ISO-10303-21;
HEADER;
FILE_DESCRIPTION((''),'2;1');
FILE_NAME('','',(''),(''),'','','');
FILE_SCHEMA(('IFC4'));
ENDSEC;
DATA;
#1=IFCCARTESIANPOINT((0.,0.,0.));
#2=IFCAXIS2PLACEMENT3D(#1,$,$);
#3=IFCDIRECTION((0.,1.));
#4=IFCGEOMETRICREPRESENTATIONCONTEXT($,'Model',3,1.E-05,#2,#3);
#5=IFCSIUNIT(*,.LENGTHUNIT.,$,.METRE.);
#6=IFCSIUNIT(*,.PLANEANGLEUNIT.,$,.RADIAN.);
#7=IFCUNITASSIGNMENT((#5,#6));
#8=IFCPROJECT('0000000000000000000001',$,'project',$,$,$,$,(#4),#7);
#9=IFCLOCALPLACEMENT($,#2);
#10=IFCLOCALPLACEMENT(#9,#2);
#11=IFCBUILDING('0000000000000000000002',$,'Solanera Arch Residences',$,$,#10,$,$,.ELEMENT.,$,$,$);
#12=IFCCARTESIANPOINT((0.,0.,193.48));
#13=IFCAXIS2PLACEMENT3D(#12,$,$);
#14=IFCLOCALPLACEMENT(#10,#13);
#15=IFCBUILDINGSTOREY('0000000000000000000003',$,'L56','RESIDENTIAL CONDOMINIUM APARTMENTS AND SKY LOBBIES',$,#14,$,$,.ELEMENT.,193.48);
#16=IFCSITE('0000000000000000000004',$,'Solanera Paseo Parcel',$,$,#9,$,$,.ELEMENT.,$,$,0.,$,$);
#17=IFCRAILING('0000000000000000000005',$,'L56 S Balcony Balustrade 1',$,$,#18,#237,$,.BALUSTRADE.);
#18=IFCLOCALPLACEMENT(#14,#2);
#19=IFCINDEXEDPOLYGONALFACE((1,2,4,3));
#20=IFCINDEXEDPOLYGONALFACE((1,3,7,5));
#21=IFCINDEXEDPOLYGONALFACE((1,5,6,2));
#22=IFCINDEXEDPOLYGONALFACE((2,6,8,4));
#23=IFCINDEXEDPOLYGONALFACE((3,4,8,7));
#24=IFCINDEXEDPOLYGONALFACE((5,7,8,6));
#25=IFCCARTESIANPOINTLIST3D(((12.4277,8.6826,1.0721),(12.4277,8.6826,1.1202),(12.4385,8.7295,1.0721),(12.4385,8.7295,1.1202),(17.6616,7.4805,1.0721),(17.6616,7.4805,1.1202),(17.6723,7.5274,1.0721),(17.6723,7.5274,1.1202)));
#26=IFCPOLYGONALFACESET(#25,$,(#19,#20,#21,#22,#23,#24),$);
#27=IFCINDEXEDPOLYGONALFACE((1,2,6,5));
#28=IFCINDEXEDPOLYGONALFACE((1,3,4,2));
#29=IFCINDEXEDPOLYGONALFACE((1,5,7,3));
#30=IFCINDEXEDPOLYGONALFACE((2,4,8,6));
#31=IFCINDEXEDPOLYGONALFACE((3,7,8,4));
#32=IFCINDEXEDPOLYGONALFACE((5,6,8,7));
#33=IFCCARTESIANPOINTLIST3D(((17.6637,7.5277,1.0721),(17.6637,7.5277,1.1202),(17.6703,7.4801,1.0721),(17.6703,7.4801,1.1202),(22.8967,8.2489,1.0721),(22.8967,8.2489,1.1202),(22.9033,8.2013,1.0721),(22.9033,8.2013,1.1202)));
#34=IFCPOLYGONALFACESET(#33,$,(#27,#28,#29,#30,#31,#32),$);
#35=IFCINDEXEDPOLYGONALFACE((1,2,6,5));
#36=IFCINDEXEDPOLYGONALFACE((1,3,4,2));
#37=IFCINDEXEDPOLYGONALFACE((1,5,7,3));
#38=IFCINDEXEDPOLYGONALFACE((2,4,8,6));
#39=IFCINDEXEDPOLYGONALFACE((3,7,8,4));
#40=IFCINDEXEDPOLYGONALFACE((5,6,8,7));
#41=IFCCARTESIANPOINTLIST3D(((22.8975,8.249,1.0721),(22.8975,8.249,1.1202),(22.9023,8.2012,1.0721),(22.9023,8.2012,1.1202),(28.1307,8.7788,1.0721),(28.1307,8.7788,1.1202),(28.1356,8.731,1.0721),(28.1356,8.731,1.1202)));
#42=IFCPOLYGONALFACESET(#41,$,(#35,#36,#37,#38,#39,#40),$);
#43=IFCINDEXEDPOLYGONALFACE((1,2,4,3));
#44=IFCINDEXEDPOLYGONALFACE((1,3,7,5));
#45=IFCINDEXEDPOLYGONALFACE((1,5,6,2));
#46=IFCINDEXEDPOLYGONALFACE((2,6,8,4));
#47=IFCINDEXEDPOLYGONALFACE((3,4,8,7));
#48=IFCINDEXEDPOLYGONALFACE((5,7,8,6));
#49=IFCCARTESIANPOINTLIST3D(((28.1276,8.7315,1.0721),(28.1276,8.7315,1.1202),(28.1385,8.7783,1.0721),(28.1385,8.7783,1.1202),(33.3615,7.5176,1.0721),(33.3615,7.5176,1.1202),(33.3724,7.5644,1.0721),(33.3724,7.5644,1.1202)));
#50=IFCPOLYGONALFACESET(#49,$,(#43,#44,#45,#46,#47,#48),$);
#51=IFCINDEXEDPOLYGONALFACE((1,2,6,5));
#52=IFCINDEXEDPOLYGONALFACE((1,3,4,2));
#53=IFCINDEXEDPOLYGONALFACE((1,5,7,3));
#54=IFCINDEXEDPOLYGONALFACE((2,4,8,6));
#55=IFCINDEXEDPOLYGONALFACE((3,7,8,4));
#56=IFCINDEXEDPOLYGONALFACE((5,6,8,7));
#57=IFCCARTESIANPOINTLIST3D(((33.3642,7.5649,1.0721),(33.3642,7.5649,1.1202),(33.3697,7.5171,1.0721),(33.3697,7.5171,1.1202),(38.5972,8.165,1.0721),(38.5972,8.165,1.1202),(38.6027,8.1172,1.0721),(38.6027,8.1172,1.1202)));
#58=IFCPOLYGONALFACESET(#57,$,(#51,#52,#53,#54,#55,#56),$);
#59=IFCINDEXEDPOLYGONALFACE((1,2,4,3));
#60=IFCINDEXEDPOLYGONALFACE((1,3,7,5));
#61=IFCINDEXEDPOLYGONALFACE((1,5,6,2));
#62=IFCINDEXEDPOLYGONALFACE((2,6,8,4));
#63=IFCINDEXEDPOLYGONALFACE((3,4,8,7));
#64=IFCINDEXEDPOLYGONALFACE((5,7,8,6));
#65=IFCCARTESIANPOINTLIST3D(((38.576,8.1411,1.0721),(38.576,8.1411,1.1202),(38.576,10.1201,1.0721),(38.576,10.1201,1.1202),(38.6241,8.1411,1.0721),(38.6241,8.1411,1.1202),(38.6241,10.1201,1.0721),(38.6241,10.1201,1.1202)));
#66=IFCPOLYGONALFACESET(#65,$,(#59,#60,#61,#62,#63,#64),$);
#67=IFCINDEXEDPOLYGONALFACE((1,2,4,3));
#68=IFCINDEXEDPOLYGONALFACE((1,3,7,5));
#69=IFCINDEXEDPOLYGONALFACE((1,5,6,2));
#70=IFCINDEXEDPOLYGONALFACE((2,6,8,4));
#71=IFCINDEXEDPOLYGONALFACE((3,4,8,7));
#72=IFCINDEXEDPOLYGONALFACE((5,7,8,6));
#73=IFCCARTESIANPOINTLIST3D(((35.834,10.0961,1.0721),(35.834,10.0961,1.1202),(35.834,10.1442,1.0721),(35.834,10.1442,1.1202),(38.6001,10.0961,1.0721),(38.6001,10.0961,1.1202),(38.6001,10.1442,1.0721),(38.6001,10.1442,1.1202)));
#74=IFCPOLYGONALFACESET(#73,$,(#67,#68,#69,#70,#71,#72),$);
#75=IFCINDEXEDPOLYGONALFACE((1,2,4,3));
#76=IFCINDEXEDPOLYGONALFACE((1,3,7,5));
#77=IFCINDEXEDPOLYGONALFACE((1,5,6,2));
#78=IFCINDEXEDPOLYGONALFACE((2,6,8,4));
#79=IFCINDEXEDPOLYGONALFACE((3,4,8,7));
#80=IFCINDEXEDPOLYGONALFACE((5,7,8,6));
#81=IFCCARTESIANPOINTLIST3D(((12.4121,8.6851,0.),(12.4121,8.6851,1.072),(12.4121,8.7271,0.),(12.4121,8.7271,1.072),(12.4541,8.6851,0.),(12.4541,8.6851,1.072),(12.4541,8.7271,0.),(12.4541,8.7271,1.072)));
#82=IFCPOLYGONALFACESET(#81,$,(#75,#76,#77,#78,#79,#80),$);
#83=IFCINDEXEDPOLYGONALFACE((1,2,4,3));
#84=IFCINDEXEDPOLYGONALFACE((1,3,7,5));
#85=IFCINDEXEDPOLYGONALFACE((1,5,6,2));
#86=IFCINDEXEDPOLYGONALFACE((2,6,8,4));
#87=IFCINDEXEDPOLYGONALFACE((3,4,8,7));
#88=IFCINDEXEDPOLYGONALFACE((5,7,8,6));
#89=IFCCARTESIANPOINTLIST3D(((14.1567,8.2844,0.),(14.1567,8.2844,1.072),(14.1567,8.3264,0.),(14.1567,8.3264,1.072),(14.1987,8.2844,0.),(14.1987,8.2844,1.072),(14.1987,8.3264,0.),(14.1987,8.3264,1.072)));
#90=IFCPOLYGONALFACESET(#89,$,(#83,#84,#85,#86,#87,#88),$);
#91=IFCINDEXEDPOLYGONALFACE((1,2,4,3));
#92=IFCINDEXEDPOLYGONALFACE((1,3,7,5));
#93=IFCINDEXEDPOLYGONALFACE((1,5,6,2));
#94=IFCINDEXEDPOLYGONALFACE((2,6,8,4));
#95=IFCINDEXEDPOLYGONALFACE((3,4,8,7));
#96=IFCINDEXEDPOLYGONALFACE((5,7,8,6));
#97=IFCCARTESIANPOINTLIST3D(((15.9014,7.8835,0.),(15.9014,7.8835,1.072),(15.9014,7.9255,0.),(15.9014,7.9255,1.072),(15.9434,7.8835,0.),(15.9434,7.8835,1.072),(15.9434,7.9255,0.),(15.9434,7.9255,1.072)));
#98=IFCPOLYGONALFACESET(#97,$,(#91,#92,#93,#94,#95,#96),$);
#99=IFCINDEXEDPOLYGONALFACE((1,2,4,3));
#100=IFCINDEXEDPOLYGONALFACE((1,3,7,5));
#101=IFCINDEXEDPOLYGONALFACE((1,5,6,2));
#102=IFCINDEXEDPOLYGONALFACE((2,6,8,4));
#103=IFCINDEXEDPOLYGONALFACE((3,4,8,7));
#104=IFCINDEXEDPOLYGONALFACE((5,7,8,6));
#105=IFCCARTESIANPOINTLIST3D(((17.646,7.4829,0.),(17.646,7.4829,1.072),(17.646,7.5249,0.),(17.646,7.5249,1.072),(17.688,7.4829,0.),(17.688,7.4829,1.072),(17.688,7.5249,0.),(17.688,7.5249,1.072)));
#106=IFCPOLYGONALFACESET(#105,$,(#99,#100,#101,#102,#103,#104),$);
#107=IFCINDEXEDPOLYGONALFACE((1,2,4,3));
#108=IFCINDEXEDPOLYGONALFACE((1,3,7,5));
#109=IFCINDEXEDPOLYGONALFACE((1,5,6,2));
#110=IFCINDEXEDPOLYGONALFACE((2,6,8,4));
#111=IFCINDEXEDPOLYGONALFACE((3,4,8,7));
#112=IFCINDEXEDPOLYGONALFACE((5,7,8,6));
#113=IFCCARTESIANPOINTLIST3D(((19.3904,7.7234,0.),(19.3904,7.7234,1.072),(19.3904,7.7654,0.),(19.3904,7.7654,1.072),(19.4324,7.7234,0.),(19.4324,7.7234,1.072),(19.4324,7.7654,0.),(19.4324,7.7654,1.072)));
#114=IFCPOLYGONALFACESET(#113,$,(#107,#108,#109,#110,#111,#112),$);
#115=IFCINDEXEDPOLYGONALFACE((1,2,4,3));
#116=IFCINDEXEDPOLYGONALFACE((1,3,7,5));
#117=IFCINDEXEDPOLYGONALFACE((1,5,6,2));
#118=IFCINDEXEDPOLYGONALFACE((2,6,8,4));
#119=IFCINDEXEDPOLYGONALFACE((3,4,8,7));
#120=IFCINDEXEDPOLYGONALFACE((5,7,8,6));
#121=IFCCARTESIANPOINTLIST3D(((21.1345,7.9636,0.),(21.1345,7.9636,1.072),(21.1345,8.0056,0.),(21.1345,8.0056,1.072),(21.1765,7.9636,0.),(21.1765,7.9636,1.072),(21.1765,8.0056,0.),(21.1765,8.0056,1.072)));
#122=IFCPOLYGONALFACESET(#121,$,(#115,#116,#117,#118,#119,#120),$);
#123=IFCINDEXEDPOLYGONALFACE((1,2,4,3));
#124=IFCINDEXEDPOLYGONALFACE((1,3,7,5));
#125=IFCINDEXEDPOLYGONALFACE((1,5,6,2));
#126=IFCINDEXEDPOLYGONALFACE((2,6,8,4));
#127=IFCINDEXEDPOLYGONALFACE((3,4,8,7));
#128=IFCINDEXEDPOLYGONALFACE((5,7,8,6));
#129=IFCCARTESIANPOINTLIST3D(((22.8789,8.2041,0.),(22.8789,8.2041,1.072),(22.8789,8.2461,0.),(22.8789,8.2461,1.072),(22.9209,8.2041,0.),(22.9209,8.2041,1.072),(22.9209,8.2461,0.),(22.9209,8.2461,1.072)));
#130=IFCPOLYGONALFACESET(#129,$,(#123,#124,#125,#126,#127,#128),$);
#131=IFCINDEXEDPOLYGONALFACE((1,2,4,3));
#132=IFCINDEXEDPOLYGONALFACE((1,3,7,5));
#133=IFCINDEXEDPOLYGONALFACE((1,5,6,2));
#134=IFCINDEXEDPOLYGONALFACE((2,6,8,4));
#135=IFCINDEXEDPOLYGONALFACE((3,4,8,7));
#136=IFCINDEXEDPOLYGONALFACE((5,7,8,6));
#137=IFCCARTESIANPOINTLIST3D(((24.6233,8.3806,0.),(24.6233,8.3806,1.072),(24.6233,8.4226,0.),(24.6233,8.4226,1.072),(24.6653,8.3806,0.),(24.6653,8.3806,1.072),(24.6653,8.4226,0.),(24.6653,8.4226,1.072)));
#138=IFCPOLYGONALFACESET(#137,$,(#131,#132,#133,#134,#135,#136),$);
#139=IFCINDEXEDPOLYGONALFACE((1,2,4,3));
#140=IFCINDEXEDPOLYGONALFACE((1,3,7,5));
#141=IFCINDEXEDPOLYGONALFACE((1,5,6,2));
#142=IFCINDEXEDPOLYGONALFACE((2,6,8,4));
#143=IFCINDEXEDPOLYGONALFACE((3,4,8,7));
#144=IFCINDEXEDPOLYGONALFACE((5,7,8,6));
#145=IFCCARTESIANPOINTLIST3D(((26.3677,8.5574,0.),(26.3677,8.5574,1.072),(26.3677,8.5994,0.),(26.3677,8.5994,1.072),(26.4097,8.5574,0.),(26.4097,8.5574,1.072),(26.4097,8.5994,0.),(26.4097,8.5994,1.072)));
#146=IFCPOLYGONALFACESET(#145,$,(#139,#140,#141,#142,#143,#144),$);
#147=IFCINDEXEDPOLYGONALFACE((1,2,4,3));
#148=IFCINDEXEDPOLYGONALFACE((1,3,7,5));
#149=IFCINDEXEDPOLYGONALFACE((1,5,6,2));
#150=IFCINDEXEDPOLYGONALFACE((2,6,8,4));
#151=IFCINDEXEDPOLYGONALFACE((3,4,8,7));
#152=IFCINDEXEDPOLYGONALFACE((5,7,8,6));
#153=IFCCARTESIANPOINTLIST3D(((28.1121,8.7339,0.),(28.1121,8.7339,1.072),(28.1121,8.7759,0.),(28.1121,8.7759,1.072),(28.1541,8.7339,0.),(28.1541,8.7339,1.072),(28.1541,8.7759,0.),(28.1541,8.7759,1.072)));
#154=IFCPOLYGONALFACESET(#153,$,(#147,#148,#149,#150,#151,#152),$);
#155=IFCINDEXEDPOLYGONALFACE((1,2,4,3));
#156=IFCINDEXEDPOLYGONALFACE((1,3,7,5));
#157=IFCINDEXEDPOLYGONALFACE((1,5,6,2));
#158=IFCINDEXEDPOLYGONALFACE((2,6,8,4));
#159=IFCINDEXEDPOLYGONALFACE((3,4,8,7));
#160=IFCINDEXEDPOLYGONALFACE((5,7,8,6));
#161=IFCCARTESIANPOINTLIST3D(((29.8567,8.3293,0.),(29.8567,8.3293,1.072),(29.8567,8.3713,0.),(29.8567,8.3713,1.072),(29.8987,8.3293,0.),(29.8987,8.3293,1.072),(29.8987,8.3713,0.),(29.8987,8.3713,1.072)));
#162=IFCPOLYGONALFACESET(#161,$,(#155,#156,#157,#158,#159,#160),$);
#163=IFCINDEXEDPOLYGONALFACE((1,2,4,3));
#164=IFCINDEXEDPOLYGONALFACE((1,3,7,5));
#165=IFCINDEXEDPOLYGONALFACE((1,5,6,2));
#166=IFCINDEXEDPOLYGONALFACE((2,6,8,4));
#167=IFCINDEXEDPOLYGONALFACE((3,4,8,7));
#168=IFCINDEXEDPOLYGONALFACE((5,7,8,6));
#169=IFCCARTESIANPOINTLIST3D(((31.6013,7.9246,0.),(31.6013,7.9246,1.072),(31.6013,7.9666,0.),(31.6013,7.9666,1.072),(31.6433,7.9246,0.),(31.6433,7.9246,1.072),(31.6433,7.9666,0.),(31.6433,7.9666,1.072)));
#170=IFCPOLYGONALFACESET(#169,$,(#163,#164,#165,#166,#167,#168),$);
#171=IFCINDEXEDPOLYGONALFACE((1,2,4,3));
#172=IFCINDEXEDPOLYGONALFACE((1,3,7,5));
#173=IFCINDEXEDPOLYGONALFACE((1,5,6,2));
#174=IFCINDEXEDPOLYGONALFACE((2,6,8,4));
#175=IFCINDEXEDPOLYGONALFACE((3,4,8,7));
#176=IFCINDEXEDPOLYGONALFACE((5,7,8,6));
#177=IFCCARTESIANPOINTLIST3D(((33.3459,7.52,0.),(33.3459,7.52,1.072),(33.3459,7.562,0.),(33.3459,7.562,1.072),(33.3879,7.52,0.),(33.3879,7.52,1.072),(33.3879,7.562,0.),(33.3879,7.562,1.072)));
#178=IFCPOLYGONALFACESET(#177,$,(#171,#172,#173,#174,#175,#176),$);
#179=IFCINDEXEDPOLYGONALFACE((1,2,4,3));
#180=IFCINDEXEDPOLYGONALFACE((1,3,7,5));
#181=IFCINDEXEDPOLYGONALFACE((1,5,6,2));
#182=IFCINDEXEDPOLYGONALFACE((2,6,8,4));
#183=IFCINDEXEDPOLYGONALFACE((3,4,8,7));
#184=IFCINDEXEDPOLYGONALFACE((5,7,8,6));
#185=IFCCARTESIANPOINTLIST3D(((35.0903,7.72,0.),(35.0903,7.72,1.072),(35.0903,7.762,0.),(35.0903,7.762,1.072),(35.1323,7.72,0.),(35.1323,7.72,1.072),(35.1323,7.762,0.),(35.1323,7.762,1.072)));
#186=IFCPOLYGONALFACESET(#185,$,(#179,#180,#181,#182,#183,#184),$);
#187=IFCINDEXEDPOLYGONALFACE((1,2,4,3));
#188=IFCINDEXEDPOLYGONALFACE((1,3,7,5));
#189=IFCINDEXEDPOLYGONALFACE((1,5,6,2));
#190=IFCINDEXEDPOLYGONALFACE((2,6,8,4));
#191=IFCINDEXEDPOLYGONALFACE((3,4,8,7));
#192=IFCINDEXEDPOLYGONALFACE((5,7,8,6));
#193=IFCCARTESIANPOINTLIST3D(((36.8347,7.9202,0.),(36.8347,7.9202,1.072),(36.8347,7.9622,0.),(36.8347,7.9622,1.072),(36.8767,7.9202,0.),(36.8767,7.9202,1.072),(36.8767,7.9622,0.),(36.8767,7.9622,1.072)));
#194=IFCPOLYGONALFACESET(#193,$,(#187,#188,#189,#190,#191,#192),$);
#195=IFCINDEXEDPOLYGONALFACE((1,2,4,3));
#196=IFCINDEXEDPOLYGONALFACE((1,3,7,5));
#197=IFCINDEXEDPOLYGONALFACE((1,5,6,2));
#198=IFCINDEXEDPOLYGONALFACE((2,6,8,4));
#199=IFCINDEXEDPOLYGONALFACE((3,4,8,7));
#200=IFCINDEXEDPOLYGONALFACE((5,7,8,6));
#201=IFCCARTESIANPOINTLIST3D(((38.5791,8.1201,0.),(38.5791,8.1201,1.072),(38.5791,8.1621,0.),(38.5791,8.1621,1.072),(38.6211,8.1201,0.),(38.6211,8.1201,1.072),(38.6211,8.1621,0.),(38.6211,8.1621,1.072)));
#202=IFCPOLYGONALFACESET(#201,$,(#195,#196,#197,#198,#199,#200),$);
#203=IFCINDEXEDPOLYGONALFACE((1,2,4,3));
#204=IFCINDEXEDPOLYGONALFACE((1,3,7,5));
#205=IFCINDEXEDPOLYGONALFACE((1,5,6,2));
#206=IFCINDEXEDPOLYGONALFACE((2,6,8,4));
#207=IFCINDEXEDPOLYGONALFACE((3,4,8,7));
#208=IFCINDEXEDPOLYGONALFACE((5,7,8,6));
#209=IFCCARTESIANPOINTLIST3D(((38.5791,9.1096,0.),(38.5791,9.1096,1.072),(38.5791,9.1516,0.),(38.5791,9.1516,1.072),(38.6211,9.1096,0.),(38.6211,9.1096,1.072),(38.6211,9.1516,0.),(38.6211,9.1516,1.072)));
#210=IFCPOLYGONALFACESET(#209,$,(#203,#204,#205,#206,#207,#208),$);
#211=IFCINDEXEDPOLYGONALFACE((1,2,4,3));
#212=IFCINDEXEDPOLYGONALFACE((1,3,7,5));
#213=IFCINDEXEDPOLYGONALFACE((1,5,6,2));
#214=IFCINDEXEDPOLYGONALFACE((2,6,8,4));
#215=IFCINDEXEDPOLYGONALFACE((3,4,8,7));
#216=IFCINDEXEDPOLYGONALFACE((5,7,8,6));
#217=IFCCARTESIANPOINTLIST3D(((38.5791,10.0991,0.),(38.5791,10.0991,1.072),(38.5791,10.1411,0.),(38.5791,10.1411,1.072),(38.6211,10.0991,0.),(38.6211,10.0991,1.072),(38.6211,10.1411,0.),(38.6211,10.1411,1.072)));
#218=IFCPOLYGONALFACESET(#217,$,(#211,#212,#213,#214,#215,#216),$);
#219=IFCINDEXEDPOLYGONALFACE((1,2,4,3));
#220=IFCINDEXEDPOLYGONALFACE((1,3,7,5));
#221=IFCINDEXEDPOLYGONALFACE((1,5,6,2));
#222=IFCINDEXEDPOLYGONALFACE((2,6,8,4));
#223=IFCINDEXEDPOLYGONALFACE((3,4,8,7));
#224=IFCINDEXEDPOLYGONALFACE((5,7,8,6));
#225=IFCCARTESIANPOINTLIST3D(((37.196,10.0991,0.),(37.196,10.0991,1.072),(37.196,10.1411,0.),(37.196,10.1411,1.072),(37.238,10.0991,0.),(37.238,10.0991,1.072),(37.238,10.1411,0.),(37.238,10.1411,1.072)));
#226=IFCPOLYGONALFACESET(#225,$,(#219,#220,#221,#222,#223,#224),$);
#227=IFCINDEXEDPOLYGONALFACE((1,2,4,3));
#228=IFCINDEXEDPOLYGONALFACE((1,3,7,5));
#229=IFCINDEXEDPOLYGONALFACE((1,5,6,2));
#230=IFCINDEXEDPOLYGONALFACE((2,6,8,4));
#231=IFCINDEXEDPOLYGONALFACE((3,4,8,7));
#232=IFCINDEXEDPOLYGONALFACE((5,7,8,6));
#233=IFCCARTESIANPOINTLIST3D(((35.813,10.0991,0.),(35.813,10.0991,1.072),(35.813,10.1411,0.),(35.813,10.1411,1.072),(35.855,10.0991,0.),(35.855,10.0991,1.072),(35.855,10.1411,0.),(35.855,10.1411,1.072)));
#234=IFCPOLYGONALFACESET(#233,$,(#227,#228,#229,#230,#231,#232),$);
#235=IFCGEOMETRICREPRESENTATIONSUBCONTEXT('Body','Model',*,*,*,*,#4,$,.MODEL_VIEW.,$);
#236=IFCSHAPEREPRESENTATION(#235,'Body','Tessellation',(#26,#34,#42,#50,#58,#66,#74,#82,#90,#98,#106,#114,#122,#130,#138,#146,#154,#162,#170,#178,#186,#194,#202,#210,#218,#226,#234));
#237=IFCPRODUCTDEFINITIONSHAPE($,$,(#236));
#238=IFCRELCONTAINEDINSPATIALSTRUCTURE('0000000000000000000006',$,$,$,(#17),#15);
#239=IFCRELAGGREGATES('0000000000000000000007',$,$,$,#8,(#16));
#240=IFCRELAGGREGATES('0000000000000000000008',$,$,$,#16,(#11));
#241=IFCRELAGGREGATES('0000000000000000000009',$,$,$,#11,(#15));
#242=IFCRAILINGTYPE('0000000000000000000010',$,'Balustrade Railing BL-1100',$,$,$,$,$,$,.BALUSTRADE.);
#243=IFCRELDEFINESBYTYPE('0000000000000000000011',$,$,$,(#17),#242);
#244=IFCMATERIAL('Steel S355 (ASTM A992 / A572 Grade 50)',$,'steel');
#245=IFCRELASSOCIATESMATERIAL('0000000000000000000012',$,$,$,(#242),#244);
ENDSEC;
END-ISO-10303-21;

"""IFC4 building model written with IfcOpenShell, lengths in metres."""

from ifc_helpers import new_model, si_unit, direction, frame, origin, origin_2d, place, context, subcontext, project, spatial, rectangle, extrude, material, type_object, element, save


model = new_model("IFC4")

# Units and contexts
model_context = context("Model", 3, precision=1e-05, world=origin(), true_north=direction((0.0, 1.0)))
body_context = subcontext(model_context, "Body", "Model", "MODEL_VIEW")
ifc_project = project(units=[si_unit("LENGTHUNIT", "METRE"), si_unit("PLANEANGLEUNIT", "RADIAN")], contexts=[model_context])

# Site, building, storey
site_placement = place(None, origin())
site = spatial("IfcSite", under=ifc_project, at=site_placement, Name="Solanera Paseo Parcel", CompositionType="ELEMENT", RefElevation=0.0)
building_placement = place(site_placement, origin())
building = spatial("IfcBuilding", under=site, at=building_placement, Name="Solanera Arch Residences", CompositionType="ELEMENT")
storey_placement = place(building_placement, frame((0.0, 0.0, 193.48)))
storey = spatial("IfcBuildingStorey", under=building, at=storey_placement, Name="L56", Description="RESIDENTIAL CONDOMINIUM APARTMENTS AND SKY LOBBIES", CompositionType="ELEMENT", Elevation=193.48)

# Railing
ifc_material_1 = material(Name="Steel S355 (ASTM A992 / A572 Grade 50)", Category="steel")
railing_type = type_object("IfcRailingType", Name="Balustrade Railing BL-1100", PredefinedType="BALUSTRADE", material=ifc_material_1)
railing_placement = place(storey_placement, frame((12.4331, 8.7061, 0.0)))
element("IfcRailing", 1, at=railing_placement, inside=storey, type_object=railing_type, Name="L56 S Balcony Balustrade 1", PredefinedType="BALUSTRADE", context=body_context, shape_type="SweptSolid", body=[
    extrude(rectangle(XDim=0.0481, YDim=0.0481, at=origin_2d()), frame((0.0, 0.0, 1.0962), z_axis=(0.974622, -0.223857, 0.0), x_axis=(0.223857, 0.974622, 0.0)), (0.0, 0.0, 1.0), 5.3701),
    extrude(rectangle(XDim=0.0481, YDim=0.0481, at=origin_2d()), frame((5.2339, -1.2021, 1.0962), z_axis=(0.990636, 0.136528, 0.0), x_axis=(-0.136528, 0.990636, 0.0)), (0.0, 0.0, 1.0), 5.2825),
    extrude(rectangle(XDim=0.0481, YDim=0.0481, at=origin_2d()), frame((10.4668, -0.481, 1.0962), z_axis=(0.994915, 0.100721, 0.0), x_axis=(-0.100721, 0.994915, 0.0)), (0.0, 0.0, 1.0), 5.26),
    extrude(rectangle(XDim=0.0481, YDim=0.0481, at=origin_2d()), frame((15.7, 0.0488, 1.0962), z_axis=(0.974144, -0.225928, 0.0), x_axis=(0.225928, 0.974144, 0.0)), (0.0, 0.0, 1.0), 5.3728),
    extrude(rectangle(XDim=0.0481, YDim=0.0481, at=origin_2d()), frame((20.9338, -1.165, 1.0962), z_axis=(0.993489, 0.113926, 0.0), x_axis=(-0.113926, 0.993489, 0.0)), (0.0, 0.0, 1.0), 5.2673),
    extrude(rectangle(XDim=0.0481, YDim=0.0481, at=origin_2d()), frame((26.167, -0.5649, 1.0962), z_axis=(0.0, 1.0, 0.0), x_axis=(-1.0, 0.0, 0.0)), (0.0, 0.0, 1.0), 1.979),
    extrude(rectangle(XDim=0.0481, YDim=0.0481, at=origin_2d()), frame((26.167, 1.4141, 1.0962), z_axis=(-1.0, 0.0, 0.0), x_axis=(0.0, -1.0, 0.0)), (0.0, 0.0, 1.0), 2.7661),
    extrude(rectangle(XDim=0.042, YDim=0.042, at=origin_2d()), origin(), (0.0, 0.0, 1.0), 1.072),
    extrude(rectangle(XDim=0.042, YDim=0.042, at=origin_2d()), frame((1.7446, -0.4006, 0.0)), (0.0, 0.0, 1.0), 1.072),
    extrude(rectangle(XDim=0.042, YDim=0.042, at=origin_2d()), frame((3.4893, -0.8015, 0.0)), (0.0, 0.0, 1.0), 1.072),
    extrude(rectangle(XDim=0.042, YDim=0.042, at=origin_2d()), frame((5.2339, -1.2021, 0.0)), (0.0, 0.0, 1.0), 1.072),
    extrude(rectangle(XDim=0.042, YDim=0.042, at=origin_2d()), frame((6.9783, -0.9617, 0.0)), (0.0, 0.0, 1.0), 1.072),
    extrude(rectangle(XDim=0.042, YDim=0.042, at=origin_2d()), frame((8.7224, -0.7214, 0.0)), (0.0, 0.0, 1.0), 1.072),
    extrude(rectangle(XDim=0.042, YDim=0.042, at=origin_2d()), frame((10.4668, -0.481, 0.0)), (0.0, 0.0, 1.0), 1.072),
    extrude(rectangle(XDim=0.042, YDim=0.042, at=origin_2d()), frame((12.2112, -0.3044, 0.0)), (0.0, 0.0, 1.0), 1.072),
    extrude(rectangle(XDim=0.042, YDim=0.042, at=origin_2d()), frame((13.9556, -0.1277, 0.0)), (0.0, 0.0, 1.0), 1.072),
    extrude(rectangle(XDim=0.042, YDim=0.042, at=origin_2d()), frame((15.7, 0.0488, 0.0)), (0.0, 0.0, 1.0), 1.072),
    extrude(rectangle(XDim=0.042, YDim=0.042, at=origin_2d()), frame((17.4446, -0.3557, 0.0)), (0.0, 0.0, 1.0), 1.072),
    extrude(rectangle(XDim=0.042, YDim=0.042, at=origin_2d()), frame((19.1892, -0.7605, 0.0)), (0.0, 0.0, 1.0), 1.072),
    extrude(rectangle(XDim=0.042, YDim=0.042, at=origin_2d()), frame((20.9338, -1.165, 0.0)), (0.0, 0.0, 1.0), 1.072),
    extrude(rectangle(XDim=0.042, YDim=0.042, at=origin_2d()), frame((22.6782, -0.9651, 0.0)), (0.0, 0.0, 1.0), 1.072),
    extrude(rectangle(XDim=0.042, YDim=0.042, at=origin_2d()), frame((24.4226, -0.7649, 0.0)), (0.0, 0.0, 1.0), 1.072),
    extrude(rectangle(XDim=0.042, YDim=0.042, at=origin_2d()), frame((26.167, -0.5649, 0.0)), (0.0, 0.0, 1.0), 1.072),
    extrude(rectangle(XDim=0.042, YDim=0.042, at=origin_2d()), frame((26.167, 0.4246, 0.0)), (0.0, 0.0, 1.0), 1.072),
    extrude(rectangle(XDim=0.042, YDim=0.042, at=origin_2d()), frame((26.167, 1.4141, 0.0)), (0.0, 0.0, 1.0), 1.072),
    extrude(rectangle(XDim=0.042, YDim=0.042, at=origin_2d()), frame((24.7839, 1.4141, 0.0)), (0.0, 0.0, 1.0), 1.072),
    extrude(rectangle(XDim=0.042, YDim=0.042, at=origin_2d()), frame((23.4009, 1.4141, 0.0)), (0.0, 0.0, 1.0), 1.072),
])

save(model, "model.ifc")
